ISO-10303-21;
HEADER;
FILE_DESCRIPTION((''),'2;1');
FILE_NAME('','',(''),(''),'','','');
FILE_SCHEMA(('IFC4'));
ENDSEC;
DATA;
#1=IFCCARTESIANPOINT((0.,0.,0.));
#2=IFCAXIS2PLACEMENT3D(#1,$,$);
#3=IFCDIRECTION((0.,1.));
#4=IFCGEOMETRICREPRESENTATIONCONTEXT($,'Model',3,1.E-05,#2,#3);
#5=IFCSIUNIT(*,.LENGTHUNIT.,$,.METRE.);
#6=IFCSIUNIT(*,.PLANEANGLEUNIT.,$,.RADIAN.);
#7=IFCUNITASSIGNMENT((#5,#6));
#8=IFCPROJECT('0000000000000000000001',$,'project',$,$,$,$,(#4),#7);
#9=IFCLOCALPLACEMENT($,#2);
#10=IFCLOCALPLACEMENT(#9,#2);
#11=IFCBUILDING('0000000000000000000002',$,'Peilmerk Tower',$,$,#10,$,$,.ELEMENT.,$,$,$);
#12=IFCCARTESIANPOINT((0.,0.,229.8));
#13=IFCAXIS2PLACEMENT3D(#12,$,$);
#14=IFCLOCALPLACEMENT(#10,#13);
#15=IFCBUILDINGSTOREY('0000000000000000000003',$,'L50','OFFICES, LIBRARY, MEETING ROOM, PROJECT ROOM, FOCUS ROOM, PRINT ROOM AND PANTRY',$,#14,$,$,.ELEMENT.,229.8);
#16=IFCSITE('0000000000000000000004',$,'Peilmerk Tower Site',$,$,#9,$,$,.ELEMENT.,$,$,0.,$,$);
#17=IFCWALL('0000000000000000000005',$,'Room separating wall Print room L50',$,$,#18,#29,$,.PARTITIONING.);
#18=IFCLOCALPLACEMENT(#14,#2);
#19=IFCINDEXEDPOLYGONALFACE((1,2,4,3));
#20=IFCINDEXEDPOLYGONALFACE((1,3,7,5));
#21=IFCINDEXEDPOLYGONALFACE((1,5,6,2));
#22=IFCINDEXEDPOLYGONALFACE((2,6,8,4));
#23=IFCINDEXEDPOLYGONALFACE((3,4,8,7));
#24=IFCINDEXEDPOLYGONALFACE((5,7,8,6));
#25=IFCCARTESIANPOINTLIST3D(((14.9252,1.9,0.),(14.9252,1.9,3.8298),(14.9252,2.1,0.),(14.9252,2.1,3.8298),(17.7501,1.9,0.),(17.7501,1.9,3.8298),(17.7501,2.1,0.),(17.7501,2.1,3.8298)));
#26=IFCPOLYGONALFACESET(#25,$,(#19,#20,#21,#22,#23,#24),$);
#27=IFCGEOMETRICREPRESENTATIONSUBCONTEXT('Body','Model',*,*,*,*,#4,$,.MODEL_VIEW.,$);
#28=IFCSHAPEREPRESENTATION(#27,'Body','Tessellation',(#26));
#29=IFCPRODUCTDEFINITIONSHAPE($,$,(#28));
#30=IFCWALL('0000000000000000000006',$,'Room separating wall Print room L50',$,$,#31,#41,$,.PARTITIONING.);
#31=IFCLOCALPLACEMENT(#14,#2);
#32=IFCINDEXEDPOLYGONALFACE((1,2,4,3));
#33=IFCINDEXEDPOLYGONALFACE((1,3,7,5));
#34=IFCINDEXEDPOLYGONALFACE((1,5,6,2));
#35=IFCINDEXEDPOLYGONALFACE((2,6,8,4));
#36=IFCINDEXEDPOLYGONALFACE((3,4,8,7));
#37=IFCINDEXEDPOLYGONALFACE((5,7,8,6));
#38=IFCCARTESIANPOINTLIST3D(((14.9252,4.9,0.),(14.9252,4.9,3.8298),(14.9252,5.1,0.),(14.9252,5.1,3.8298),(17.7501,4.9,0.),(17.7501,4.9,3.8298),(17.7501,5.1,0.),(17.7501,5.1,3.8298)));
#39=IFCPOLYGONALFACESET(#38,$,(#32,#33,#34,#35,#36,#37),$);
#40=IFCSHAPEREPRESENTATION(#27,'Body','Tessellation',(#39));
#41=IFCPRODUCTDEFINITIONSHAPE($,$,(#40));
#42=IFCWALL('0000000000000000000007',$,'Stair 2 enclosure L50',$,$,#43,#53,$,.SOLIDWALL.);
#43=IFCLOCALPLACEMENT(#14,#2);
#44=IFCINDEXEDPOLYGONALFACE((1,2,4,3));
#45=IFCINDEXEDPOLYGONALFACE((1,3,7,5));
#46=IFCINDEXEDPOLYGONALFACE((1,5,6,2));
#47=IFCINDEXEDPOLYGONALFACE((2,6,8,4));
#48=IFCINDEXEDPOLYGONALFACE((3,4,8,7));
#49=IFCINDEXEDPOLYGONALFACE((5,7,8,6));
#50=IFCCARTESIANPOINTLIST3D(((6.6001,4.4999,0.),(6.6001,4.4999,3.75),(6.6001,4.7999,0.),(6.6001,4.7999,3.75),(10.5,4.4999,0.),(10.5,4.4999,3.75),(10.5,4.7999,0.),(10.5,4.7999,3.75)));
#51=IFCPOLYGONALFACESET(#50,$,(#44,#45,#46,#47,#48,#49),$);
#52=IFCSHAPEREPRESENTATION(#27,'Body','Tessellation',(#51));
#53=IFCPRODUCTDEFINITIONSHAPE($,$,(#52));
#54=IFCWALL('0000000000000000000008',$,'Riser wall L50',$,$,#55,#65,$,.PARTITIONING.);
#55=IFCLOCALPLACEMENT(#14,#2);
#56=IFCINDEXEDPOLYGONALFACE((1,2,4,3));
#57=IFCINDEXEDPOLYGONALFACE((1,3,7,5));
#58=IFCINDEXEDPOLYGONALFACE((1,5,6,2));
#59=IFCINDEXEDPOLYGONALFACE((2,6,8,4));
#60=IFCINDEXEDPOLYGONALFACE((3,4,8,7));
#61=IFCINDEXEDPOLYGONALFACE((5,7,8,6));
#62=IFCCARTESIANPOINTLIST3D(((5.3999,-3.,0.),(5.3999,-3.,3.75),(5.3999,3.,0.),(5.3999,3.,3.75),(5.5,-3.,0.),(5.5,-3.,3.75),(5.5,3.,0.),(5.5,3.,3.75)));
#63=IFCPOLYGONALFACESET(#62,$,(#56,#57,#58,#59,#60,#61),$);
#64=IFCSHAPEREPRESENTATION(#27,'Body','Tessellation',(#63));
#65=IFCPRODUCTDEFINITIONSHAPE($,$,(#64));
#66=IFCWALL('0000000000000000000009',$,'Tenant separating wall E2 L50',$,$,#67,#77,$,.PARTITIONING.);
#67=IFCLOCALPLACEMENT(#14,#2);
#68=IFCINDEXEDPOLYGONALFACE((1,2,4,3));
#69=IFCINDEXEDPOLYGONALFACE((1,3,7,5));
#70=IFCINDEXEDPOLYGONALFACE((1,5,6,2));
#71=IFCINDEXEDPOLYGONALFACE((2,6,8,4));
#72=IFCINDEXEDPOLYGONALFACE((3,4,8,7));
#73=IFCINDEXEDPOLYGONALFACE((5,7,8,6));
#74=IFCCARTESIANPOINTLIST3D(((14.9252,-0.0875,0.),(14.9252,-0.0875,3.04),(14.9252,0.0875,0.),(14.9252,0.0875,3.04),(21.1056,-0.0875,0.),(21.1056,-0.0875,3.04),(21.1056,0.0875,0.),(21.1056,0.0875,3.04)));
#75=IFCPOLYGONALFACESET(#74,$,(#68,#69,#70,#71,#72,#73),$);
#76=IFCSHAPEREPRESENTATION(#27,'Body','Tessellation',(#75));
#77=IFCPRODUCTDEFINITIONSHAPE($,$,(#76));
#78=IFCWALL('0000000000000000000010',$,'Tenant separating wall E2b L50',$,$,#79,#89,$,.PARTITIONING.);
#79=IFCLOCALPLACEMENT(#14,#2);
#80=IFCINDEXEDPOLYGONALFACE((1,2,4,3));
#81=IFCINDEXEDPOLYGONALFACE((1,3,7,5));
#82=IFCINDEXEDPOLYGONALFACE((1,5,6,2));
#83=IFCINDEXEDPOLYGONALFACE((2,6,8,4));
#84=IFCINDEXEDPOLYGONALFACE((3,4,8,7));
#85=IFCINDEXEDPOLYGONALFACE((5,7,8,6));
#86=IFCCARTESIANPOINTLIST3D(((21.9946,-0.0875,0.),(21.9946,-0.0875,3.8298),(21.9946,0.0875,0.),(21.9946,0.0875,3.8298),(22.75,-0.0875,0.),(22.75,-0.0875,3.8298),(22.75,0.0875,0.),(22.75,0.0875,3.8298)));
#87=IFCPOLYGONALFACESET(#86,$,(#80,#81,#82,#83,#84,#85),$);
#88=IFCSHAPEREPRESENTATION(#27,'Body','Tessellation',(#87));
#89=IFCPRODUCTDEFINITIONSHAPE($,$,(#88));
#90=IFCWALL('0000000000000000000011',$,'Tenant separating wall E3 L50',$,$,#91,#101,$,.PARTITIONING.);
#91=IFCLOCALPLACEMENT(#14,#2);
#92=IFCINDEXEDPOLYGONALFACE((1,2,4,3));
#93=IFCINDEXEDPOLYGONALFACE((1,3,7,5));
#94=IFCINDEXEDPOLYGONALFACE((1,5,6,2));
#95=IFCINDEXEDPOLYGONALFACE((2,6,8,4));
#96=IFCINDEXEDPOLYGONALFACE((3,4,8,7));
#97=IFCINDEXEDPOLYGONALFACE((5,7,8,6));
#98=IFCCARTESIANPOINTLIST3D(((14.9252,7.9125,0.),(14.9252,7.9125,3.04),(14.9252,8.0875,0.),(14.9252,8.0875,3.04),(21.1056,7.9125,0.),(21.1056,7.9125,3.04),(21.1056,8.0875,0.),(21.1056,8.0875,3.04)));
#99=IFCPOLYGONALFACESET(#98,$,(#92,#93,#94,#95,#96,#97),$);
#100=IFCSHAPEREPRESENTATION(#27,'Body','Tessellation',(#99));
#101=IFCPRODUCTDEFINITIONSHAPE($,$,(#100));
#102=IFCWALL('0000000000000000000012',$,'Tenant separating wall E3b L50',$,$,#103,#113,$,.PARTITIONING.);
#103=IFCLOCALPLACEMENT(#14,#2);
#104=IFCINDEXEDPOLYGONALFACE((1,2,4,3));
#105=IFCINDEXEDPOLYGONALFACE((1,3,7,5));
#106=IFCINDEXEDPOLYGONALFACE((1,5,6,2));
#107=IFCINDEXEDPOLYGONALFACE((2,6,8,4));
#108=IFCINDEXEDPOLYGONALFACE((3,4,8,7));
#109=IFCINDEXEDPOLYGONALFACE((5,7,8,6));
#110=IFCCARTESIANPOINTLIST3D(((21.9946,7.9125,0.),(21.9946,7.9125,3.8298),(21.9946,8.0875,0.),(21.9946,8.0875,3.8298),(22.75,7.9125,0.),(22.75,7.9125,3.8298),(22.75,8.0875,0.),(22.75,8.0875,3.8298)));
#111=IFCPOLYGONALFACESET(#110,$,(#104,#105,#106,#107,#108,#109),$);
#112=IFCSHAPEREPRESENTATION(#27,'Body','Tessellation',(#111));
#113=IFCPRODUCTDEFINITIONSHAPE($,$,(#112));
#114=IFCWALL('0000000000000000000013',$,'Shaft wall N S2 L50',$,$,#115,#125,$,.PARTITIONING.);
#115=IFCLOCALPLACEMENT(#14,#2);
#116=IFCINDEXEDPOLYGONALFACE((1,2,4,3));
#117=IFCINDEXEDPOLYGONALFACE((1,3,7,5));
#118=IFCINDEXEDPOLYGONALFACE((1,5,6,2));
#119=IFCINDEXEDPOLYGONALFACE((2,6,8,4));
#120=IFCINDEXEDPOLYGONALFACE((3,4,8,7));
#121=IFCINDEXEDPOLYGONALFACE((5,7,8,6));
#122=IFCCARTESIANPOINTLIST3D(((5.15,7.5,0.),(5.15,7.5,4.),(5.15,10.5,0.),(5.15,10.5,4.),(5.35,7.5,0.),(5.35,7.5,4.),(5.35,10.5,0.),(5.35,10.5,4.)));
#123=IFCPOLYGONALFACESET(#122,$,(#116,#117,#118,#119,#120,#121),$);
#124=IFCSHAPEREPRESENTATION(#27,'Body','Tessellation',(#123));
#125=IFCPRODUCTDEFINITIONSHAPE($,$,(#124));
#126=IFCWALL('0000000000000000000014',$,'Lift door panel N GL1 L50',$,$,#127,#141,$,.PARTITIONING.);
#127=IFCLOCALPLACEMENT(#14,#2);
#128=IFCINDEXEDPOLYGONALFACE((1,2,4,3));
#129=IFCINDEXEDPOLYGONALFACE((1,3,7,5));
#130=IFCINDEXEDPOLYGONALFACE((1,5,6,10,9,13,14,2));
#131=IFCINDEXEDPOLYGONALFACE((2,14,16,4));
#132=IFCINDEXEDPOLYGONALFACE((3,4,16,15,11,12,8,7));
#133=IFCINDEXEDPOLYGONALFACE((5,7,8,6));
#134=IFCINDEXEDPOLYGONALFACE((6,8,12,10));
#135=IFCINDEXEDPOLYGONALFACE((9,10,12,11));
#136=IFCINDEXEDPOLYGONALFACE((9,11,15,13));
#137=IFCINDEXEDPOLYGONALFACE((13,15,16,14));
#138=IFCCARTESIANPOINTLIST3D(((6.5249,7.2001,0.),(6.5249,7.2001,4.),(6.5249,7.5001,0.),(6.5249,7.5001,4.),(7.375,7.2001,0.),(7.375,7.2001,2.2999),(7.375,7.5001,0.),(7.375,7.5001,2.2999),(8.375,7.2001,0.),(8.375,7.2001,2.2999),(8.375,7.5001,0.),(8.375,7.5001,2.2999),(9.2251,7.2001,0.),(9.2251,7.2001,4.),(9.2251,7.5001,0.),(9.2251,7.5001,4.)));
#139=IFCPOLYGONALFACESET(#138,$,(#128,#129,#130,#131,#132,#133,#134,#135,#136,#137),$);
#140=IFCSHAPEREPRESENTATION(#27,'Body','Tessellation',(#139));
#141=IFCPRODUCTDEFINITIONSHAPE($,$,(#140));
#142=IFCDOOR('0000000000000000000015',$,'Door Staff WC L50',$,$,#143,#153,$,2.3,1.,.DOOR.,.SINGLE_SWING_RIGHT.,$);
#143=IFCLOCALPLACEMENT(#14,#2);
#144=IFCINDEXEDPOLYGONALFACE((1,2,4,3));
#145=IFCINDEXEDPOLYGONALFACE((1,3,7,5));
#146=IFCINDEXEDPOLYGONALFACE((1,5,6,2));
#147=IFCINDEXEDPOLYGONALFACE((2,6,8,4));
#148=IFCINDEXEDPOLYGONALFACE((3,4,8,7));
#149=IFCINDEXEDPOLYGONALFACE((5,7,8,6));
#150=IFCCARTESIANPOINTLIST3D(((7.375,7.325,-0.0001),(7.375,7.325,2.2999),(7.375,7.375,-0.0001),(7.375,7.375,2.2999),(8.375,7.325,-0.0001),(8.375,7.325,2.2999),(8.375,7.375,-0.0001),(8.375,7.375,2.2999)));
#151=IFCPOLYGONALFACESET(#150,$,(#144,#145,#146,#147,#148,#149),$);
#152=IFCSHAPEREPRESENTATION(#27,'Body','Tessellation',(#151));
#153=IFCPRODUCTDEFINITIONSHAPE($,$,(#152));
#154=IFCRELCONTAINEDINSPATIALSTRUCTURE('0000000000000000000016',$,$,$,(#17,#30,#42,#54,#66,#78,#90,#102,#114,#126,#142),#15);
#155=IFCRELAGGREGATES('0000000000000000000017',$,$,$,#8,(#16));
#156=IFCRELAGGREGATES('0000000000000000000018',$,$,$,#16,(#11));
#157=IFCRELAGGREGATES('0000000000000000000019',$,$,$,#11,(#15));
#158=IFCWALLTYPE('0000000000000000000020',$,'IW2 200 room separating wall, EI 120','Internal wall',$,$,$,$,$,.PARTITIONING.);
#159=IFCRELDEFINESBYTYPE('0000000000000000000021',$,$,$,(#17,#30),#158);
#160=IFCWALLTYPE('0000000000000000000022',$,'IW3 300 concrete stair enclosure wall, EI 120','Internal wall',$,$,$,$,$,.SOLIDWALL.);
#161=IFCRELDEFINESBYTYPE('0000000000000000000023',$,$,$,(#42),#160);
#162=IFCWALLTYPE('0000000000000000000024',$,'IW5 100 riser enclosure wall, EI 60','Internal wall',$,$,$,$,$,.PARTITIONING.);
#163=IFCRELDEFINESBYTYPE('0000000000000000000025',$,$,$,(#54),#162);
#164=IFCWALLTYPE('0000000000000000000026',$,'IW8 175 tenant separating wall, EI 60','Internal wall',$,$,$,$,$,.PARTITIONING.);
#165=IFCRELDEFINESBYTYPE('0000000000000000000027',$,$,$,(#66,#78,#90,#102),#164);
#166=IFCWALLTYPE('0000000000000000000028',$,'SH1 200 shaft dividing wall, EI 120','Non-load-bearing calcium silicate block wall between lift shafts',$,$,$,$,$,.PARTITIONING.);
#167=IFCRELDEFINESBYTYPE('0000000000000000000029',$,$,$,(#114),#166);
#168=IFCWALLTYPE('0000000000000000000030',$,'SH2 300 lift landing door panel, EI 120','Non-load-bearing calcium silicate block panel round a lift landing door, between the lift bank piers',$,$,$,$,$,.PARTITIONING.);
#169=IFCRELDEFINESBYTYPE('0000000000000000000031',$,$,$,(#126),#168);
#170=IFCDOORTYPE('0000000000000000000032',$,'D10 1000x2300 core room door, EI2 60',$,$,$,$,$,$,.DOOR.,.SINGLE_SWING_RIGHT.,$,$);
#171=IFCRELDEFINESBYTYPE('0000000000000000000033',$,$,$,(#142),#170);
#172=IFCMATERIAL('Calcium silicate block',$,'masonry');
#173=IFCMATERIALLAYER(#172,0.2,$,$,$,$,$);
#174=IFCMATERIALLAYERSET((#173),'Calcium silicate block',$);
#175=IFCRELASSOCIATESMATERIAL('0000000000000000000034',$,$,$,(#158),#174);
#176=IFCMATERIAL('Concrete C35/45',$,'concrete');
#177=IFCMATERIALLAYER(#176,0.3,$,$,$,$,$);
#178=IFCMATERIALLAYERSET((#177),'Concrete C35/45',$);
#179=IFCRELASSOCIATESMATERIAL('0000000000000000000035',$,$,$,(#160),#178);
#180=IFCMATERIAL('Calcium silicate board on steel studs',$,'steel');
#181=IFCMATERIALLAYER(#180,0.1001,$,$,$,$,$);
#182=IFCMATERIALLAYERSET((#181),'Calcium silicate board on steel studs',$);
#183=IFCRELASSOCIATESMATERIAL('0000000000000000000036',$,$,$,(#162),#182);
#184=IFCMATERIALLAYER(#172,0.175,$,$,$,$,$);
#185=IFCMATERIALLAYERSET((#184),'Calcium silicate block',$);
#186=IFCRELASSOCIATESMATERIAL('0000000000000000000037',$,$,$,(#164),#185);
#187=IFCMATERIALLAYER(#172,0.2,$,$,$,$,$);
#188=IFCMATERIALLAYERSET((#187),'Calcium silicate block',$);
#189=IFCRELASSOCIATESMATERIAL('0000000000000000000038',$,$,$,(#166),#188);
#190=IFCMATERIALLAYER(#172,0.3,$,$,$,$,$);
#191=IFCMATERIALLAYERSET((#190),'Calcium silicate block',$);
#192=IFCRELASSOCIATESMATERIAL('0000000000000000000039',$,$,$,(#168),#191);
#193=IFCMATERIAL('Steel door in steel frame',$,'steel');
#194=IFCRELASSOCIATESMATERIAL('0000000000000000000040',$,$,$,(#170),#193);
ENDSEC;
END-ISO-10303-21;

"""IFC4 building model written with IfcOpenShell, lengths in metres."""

from ifc_helpers import new_model, si_unit, direction, frame, frame_2d, origin, place, context, subcontext, project, spatial, rectangle, extrude, material, layer, layer_set, type_object, element, fill, save


model = new_model("IFC4")

# Units and contexts
model_context = context("Model", 3, precision=1e-05, world=origin(), true_north=direction((0.0, 1.0)))
body_context = subcontext(model_context, "Body", "Model", "MODEL_VIEW")
ifc_project = project(units=[si_unit("LENGTHUNIT", "METRE"), si_unit("PLANEANGLEUNIT", "RADIAN")], contexts=[model_context])

# Site, building, storey
site_placement = place(None, origin())
site = spatial("IfcSite", under=ifc_project, at=site_placement, Name="Peilmerk Tower Site", CompositionType="ELEMENT", RefElevation=0.0)
building_placement = place(site_placement, origin())
building = spatial("IfcBuilding", under=site, at=building_placement, Name="Peilmerk Tower", CompositionType="ELEMENT")
storey_placement = place(building_placement, frame((0.0, 0.0, 229.8)))
storey = spatial("IfcBuildingStorey", under=building, at=storey_placement, Name="L50", Description="OFFICES, LIBRARY, MEETING ROOM, PROJECT ROOM, FOCUS ROOM, PRINT ROOM AND PANTRY", CompositionType="ELEMENT", Elevation=229.8)

# Walls
ifc_material_1 = material(Name="Calcium silicate block", Category="masonry")
ifc_layer_1 = layer(ifc_material_1, 0.2)
ifc_layer_set_1 = layer_set([ifc_layer_1], Name="Calcium silicate block")
wall_type_1 = type_object("IfcWallType", Name="IW2 200 room separating wall, EI 120", Description="Internal wall", PredefinedType="PARTITIONING", material=ifc_layer_set_1)
for number, where, z_axis, x_axis, name in (
    (1, (14.925, 2.0, 0.0), (0.0, 0.0, 1.0), (1.0, 0.0, 0.0), "Room separating wall Print room L50"),
    (2, (14.925, 5.0, 0.0), (0.0, 0.0, 1.0), (1.0, 0.0, 0.0), "Room separating wall Print room L50"),
):
    element("IfcWall", number, at=place(storey_placement, frame(where, z_axis=z_axis, x_axis=x_axis)), inside=storey, type_object=wall_type_1, Name=name, PredefinedType="PARTITIONING", context=body_context, shape_type="SweptSolid", body=[
        extrude(rectangle(XDim=2.825, YDim=0.2, at=frame_2d((1.4126, 0.0))), origin(), (0.0, 0.0, 1.0), 3.8298),
    ])
ifc_material_2 = material(Name="Concrete C35/45", Category="concrete")
ifc_layer_2 = layer(ifc_material_2, 0.3)
ifc_layer_set_2 = layer_set([ifc_layer_2], Name="Concrete C35/45")
wall_type_2 = type_object("IfcWallType", Name="IW3 300 concrete stair enclosure wall, EI 120", Description="Internal wall", PredefinedType="SOLIDWALL", material=ifc_layer_set_2)
wall_1_placement = place(storey_placement, frame((6.6001, 4.6499, 0.0), z_axis=(0.0, 0.0, 1.0), x_axis=(1.0, 0.0, 0.0)))
element("IfcWall", 3, at=wall_1_placement, inside=storey, type_object=wall_type_2, Name="Stair 2 enclosure L50", PredefinedType="SOLIDWALL", context=body_context, shape_type="SweptSolid", body=[
    extrude(rectangle(XDim=3.8999, YDim=0.3, at=frame_2d((1.95, 0.0))), origin(), (0.0, 0.0, 1.0), 3.75),
])
ifc_material_3 = material(Name="Calcium silicate board on steel studs", Category="steel")
ifc_layer_3 = layer(ifc_material_3, 0.1001)
ifc_layer_set_3 = layer_set([ifc_layer_3], Name="Calcium silicate board on steel studs")
wall_type_3 = type_object("IfcWallType", Name="IW5 100 riser enclosure wall, EI 60", Description="Internal wall", PredefinedType="PARTITIONING", material=ifc_layer_set_3)
wall_2_placement = place(storey_placement, frame((5.45, 3.0, 0.0), z_axis=(0.0, 0.0, 1.0), x_axis=(0.0, -1.0, 0.0)))
element("IfcWall", 4, at=wall_2_placement, inside=storey, type_object=wall_type_3, Name="Riser wall L50", PredefinedType="PARTITIONING", context=body_context, shape_type="SweptSolid", body=[
    extrude(rectangle(XDim=6.0, YDim=0.1001, at=frame_2d((3.0, 0.0))), origin(), (0.0, 0.0, 1.0), 3.75),
])
ifc_layer_4 = layer(ifc_material_1, 0.175)
ifc_layer_set_4 = layer_set([ifc_layer_4], Name="Calcium silicate block")
wall_type_4 = type_object("IfcWallType", Name="IW8 175 tenant separating wall, EI 60", Description="Internal wall", PredefinedType="PARTITIONING", material=ifc_layer_set_4)
wall_3_placement = place(storey_placement, frame((14.925, 0.0, 0.0), z_axis=(0.0, 0.0, 1.0), x_axis=(1.0, 0.0, 0.0)))
element("IfcWall", 5, at=wall_3_placement, inside=storey, type_object=wall_type_4, Name="Tenant separating wall E2 L50", PredefinedType="PARTITIONING", context=body_context, shape_type="SweptSolid", body=[
    extrude(rectangle(XDim=6.1804, YDim=0.175, at=frame_2d((3.0903, 0.0))), origin(), (0.0, 0.0, 1.0), 3.04),
])
wall_4_placement = place(storey_placement, frame((21.9946, 0.0, 0.0), z_axis=(0.0, 0.0, 1.0), x_axis=(1.0, 0.0, 0.0)))
element("IfcWall", 6, at=wall_4_placement, inside=storey, type_object=wall_type_4, Name="Tenant separating wall E2b L50", PredefinedType="PARTITIONING", context=body_context, shape_type="SweptSolid", body=[
    extrude(rectangle(XDim=0.7554, YDim=0.175, at=frame_2d((0.3777, 0.0))), origin(), (0.0, 0.0, 1.0), 3.8298),
])
wall_5_placement = place(storey_placement, frame((14.925, 8.0, 0.0), z_axis=(0.0, 0.0, 1.0), x_axis=(1.0, 0.0, 0.0)))
element("IfcWall", 7, at=wall_5_placement, inside=storey, type_object=wall_type_4, Name="Tenant separating wall E3 L50", PredefinedType="PARTITIONING", context=body_context, shape_type="SweptSolid", body=[
    extrude(rectangle(XDim=6.1804, YDim=0.175, at=frame_2d((3.0903, 0.0))), origin(), (0.0, 0.0, 1.0), 3.04),
])
wall_6_placement = place(storey_placement, frame((21.9946, 8.0, 0.0), z_axis=(0.0, 0.0, 1.0), x_axis=(1.0, 0.0, 0.0)))
element("IfcWall", 8, at=wall_6_placement, inside=storey, type_object=wall_type_4, Name="Tenant separating wall E3b L50", PredefinedType="PARTITIONING", context=body_context, shape_type="SweptSolid", body=[
    extrude(rectangle(XDim=0.7554, YDim=0.175, at=frame_2d((0.3777, 0.0))), origin(), (0.0, 0.0, 1.0), 3.8298),
])
ifc_layer_5 = layer(ifc_material_1, 0.2)
ifc_layer_set_5 = layer_set([ifc_layer_5], Name="Calcium silicate block")
wall_type_5 = type_object("IfcWallType", Name="SH1 200 shaft dividing wall, EI 120", Description="Non-load-bearing calcium silicate block wall between lift shafts", PredefinedType="PARTITIONING", material=ifc_layer_set_5)
wall_7_placement = place(storey_placement, frame((5.25, 7.5, 0.0), z_axis=(0.0, 0.0, 1.0), x_axis=(0.0, 1.0, 0.0)))
element("IfcWall", 9, at=wall_7_placement, inside=storey, type_object=wall_type_5, Name="Shaft wall N S2 L50", PredefinedType="PARTITIONING", context=body_context, shape_type="SweptSolid", body=[
    extrude(rectangle(XDim=3.0, YDim=0.2, at=frame_2d((1.5, 0.0))), origin(), (0.0, 0.0, 1.0), 4.0),
])

# Wall, opening, door
ifc_layer_6 = layer(ifc_material_1, 0.3)
ifc_layer_set_6 = layer_set([ifc_layer_6], Name="Calcium silicate block")
wall_type_6 = type_object("IfcWallType", Name="SH2 300 lift landing door panel, EI 120", Description="Non-load-bearing calcium silicate block panel round a lift landing door, between the lift bank piers", PredefinedType="PARTITIONING", material=ifc_layer_set_6)
wall_8_placement = place(storey_placement, frame((6.5249, 7.3501, 0.0), z_axis=(0.0, 0.0, 1.0), x_axis=(1.0, 0.0, 0.0)))
wall_8 = element("IfcWall", 10, at=wall_8_placement, inside=storey, type_object=wall_type_6, Name="Lift door panel N GL1 L50", PredefinedType="PARTITIONING", context=body_context, shape_type="SweptSolid", body=[
    extrude(rectangle(XDim=2.7002, YDim=0.3, at=frame_2d((1.3501, 0.0))), origin(), (0.0, 0.0, 1.0), 4.0),
])
opening_1_placement = place(wall_8_placement, frame((0.8501, 0.0, 0.0)))
opening_1 = element("IfcOpeningElement", 11, at=opening_1_placement, cuts=wall_8, PredefinedType="OPENING", context=body_context, shape_type="SweptSolid", body=[
    extrude(rectangle(XDim=1.0, YDim=2.3, at=frame_2d((0.5, 1.1499))), frame((0.0, 0.1599, 0.0), z_axis=(0.0, -1.0, 0.0), x_axis=(1.0, 0.0, 0.0)), (0.0, 0.0, 1.0), 0.3201),
])
ifc_material_4 = material(Name="Steel door in steel frame", Category="steel")
door_type_1 = type_object("IfcDoorType", Name="D10 1000x2300 core room door, EI2 60", OperationType="SINGLE_SWING_RIGHT", PredefinedType="DOOR", material=ifc_material_4)
door_1_placement = place(opening_1_placement, origin())
door_1 = element("IfcDoor", 12, at=door_1_placement, inside=storey, type_object=door_type_1, Name="Door Staff WC L50", OperationType="SINGLE_SWING_RIGHT", OverallHeight=2.3, OverallWidth=1.0, PredefinedType="DOOR", context=body_context, shape_type="SweptSolid", body=[
    extrude(rectangle(XDim=1.0, YDim=2.3, at=frame_2d((0.5, 1.1499))), frame((0.0, 0.0249, 0.0), z_axis=(0.0, -1.0, 0.0), x_axis=(1.0, 0.0, 0.0)), (0.0, 0.0, 1.0), 0.05),
])
fill(opening_1, door_1)

save(model, "model.ifc")
